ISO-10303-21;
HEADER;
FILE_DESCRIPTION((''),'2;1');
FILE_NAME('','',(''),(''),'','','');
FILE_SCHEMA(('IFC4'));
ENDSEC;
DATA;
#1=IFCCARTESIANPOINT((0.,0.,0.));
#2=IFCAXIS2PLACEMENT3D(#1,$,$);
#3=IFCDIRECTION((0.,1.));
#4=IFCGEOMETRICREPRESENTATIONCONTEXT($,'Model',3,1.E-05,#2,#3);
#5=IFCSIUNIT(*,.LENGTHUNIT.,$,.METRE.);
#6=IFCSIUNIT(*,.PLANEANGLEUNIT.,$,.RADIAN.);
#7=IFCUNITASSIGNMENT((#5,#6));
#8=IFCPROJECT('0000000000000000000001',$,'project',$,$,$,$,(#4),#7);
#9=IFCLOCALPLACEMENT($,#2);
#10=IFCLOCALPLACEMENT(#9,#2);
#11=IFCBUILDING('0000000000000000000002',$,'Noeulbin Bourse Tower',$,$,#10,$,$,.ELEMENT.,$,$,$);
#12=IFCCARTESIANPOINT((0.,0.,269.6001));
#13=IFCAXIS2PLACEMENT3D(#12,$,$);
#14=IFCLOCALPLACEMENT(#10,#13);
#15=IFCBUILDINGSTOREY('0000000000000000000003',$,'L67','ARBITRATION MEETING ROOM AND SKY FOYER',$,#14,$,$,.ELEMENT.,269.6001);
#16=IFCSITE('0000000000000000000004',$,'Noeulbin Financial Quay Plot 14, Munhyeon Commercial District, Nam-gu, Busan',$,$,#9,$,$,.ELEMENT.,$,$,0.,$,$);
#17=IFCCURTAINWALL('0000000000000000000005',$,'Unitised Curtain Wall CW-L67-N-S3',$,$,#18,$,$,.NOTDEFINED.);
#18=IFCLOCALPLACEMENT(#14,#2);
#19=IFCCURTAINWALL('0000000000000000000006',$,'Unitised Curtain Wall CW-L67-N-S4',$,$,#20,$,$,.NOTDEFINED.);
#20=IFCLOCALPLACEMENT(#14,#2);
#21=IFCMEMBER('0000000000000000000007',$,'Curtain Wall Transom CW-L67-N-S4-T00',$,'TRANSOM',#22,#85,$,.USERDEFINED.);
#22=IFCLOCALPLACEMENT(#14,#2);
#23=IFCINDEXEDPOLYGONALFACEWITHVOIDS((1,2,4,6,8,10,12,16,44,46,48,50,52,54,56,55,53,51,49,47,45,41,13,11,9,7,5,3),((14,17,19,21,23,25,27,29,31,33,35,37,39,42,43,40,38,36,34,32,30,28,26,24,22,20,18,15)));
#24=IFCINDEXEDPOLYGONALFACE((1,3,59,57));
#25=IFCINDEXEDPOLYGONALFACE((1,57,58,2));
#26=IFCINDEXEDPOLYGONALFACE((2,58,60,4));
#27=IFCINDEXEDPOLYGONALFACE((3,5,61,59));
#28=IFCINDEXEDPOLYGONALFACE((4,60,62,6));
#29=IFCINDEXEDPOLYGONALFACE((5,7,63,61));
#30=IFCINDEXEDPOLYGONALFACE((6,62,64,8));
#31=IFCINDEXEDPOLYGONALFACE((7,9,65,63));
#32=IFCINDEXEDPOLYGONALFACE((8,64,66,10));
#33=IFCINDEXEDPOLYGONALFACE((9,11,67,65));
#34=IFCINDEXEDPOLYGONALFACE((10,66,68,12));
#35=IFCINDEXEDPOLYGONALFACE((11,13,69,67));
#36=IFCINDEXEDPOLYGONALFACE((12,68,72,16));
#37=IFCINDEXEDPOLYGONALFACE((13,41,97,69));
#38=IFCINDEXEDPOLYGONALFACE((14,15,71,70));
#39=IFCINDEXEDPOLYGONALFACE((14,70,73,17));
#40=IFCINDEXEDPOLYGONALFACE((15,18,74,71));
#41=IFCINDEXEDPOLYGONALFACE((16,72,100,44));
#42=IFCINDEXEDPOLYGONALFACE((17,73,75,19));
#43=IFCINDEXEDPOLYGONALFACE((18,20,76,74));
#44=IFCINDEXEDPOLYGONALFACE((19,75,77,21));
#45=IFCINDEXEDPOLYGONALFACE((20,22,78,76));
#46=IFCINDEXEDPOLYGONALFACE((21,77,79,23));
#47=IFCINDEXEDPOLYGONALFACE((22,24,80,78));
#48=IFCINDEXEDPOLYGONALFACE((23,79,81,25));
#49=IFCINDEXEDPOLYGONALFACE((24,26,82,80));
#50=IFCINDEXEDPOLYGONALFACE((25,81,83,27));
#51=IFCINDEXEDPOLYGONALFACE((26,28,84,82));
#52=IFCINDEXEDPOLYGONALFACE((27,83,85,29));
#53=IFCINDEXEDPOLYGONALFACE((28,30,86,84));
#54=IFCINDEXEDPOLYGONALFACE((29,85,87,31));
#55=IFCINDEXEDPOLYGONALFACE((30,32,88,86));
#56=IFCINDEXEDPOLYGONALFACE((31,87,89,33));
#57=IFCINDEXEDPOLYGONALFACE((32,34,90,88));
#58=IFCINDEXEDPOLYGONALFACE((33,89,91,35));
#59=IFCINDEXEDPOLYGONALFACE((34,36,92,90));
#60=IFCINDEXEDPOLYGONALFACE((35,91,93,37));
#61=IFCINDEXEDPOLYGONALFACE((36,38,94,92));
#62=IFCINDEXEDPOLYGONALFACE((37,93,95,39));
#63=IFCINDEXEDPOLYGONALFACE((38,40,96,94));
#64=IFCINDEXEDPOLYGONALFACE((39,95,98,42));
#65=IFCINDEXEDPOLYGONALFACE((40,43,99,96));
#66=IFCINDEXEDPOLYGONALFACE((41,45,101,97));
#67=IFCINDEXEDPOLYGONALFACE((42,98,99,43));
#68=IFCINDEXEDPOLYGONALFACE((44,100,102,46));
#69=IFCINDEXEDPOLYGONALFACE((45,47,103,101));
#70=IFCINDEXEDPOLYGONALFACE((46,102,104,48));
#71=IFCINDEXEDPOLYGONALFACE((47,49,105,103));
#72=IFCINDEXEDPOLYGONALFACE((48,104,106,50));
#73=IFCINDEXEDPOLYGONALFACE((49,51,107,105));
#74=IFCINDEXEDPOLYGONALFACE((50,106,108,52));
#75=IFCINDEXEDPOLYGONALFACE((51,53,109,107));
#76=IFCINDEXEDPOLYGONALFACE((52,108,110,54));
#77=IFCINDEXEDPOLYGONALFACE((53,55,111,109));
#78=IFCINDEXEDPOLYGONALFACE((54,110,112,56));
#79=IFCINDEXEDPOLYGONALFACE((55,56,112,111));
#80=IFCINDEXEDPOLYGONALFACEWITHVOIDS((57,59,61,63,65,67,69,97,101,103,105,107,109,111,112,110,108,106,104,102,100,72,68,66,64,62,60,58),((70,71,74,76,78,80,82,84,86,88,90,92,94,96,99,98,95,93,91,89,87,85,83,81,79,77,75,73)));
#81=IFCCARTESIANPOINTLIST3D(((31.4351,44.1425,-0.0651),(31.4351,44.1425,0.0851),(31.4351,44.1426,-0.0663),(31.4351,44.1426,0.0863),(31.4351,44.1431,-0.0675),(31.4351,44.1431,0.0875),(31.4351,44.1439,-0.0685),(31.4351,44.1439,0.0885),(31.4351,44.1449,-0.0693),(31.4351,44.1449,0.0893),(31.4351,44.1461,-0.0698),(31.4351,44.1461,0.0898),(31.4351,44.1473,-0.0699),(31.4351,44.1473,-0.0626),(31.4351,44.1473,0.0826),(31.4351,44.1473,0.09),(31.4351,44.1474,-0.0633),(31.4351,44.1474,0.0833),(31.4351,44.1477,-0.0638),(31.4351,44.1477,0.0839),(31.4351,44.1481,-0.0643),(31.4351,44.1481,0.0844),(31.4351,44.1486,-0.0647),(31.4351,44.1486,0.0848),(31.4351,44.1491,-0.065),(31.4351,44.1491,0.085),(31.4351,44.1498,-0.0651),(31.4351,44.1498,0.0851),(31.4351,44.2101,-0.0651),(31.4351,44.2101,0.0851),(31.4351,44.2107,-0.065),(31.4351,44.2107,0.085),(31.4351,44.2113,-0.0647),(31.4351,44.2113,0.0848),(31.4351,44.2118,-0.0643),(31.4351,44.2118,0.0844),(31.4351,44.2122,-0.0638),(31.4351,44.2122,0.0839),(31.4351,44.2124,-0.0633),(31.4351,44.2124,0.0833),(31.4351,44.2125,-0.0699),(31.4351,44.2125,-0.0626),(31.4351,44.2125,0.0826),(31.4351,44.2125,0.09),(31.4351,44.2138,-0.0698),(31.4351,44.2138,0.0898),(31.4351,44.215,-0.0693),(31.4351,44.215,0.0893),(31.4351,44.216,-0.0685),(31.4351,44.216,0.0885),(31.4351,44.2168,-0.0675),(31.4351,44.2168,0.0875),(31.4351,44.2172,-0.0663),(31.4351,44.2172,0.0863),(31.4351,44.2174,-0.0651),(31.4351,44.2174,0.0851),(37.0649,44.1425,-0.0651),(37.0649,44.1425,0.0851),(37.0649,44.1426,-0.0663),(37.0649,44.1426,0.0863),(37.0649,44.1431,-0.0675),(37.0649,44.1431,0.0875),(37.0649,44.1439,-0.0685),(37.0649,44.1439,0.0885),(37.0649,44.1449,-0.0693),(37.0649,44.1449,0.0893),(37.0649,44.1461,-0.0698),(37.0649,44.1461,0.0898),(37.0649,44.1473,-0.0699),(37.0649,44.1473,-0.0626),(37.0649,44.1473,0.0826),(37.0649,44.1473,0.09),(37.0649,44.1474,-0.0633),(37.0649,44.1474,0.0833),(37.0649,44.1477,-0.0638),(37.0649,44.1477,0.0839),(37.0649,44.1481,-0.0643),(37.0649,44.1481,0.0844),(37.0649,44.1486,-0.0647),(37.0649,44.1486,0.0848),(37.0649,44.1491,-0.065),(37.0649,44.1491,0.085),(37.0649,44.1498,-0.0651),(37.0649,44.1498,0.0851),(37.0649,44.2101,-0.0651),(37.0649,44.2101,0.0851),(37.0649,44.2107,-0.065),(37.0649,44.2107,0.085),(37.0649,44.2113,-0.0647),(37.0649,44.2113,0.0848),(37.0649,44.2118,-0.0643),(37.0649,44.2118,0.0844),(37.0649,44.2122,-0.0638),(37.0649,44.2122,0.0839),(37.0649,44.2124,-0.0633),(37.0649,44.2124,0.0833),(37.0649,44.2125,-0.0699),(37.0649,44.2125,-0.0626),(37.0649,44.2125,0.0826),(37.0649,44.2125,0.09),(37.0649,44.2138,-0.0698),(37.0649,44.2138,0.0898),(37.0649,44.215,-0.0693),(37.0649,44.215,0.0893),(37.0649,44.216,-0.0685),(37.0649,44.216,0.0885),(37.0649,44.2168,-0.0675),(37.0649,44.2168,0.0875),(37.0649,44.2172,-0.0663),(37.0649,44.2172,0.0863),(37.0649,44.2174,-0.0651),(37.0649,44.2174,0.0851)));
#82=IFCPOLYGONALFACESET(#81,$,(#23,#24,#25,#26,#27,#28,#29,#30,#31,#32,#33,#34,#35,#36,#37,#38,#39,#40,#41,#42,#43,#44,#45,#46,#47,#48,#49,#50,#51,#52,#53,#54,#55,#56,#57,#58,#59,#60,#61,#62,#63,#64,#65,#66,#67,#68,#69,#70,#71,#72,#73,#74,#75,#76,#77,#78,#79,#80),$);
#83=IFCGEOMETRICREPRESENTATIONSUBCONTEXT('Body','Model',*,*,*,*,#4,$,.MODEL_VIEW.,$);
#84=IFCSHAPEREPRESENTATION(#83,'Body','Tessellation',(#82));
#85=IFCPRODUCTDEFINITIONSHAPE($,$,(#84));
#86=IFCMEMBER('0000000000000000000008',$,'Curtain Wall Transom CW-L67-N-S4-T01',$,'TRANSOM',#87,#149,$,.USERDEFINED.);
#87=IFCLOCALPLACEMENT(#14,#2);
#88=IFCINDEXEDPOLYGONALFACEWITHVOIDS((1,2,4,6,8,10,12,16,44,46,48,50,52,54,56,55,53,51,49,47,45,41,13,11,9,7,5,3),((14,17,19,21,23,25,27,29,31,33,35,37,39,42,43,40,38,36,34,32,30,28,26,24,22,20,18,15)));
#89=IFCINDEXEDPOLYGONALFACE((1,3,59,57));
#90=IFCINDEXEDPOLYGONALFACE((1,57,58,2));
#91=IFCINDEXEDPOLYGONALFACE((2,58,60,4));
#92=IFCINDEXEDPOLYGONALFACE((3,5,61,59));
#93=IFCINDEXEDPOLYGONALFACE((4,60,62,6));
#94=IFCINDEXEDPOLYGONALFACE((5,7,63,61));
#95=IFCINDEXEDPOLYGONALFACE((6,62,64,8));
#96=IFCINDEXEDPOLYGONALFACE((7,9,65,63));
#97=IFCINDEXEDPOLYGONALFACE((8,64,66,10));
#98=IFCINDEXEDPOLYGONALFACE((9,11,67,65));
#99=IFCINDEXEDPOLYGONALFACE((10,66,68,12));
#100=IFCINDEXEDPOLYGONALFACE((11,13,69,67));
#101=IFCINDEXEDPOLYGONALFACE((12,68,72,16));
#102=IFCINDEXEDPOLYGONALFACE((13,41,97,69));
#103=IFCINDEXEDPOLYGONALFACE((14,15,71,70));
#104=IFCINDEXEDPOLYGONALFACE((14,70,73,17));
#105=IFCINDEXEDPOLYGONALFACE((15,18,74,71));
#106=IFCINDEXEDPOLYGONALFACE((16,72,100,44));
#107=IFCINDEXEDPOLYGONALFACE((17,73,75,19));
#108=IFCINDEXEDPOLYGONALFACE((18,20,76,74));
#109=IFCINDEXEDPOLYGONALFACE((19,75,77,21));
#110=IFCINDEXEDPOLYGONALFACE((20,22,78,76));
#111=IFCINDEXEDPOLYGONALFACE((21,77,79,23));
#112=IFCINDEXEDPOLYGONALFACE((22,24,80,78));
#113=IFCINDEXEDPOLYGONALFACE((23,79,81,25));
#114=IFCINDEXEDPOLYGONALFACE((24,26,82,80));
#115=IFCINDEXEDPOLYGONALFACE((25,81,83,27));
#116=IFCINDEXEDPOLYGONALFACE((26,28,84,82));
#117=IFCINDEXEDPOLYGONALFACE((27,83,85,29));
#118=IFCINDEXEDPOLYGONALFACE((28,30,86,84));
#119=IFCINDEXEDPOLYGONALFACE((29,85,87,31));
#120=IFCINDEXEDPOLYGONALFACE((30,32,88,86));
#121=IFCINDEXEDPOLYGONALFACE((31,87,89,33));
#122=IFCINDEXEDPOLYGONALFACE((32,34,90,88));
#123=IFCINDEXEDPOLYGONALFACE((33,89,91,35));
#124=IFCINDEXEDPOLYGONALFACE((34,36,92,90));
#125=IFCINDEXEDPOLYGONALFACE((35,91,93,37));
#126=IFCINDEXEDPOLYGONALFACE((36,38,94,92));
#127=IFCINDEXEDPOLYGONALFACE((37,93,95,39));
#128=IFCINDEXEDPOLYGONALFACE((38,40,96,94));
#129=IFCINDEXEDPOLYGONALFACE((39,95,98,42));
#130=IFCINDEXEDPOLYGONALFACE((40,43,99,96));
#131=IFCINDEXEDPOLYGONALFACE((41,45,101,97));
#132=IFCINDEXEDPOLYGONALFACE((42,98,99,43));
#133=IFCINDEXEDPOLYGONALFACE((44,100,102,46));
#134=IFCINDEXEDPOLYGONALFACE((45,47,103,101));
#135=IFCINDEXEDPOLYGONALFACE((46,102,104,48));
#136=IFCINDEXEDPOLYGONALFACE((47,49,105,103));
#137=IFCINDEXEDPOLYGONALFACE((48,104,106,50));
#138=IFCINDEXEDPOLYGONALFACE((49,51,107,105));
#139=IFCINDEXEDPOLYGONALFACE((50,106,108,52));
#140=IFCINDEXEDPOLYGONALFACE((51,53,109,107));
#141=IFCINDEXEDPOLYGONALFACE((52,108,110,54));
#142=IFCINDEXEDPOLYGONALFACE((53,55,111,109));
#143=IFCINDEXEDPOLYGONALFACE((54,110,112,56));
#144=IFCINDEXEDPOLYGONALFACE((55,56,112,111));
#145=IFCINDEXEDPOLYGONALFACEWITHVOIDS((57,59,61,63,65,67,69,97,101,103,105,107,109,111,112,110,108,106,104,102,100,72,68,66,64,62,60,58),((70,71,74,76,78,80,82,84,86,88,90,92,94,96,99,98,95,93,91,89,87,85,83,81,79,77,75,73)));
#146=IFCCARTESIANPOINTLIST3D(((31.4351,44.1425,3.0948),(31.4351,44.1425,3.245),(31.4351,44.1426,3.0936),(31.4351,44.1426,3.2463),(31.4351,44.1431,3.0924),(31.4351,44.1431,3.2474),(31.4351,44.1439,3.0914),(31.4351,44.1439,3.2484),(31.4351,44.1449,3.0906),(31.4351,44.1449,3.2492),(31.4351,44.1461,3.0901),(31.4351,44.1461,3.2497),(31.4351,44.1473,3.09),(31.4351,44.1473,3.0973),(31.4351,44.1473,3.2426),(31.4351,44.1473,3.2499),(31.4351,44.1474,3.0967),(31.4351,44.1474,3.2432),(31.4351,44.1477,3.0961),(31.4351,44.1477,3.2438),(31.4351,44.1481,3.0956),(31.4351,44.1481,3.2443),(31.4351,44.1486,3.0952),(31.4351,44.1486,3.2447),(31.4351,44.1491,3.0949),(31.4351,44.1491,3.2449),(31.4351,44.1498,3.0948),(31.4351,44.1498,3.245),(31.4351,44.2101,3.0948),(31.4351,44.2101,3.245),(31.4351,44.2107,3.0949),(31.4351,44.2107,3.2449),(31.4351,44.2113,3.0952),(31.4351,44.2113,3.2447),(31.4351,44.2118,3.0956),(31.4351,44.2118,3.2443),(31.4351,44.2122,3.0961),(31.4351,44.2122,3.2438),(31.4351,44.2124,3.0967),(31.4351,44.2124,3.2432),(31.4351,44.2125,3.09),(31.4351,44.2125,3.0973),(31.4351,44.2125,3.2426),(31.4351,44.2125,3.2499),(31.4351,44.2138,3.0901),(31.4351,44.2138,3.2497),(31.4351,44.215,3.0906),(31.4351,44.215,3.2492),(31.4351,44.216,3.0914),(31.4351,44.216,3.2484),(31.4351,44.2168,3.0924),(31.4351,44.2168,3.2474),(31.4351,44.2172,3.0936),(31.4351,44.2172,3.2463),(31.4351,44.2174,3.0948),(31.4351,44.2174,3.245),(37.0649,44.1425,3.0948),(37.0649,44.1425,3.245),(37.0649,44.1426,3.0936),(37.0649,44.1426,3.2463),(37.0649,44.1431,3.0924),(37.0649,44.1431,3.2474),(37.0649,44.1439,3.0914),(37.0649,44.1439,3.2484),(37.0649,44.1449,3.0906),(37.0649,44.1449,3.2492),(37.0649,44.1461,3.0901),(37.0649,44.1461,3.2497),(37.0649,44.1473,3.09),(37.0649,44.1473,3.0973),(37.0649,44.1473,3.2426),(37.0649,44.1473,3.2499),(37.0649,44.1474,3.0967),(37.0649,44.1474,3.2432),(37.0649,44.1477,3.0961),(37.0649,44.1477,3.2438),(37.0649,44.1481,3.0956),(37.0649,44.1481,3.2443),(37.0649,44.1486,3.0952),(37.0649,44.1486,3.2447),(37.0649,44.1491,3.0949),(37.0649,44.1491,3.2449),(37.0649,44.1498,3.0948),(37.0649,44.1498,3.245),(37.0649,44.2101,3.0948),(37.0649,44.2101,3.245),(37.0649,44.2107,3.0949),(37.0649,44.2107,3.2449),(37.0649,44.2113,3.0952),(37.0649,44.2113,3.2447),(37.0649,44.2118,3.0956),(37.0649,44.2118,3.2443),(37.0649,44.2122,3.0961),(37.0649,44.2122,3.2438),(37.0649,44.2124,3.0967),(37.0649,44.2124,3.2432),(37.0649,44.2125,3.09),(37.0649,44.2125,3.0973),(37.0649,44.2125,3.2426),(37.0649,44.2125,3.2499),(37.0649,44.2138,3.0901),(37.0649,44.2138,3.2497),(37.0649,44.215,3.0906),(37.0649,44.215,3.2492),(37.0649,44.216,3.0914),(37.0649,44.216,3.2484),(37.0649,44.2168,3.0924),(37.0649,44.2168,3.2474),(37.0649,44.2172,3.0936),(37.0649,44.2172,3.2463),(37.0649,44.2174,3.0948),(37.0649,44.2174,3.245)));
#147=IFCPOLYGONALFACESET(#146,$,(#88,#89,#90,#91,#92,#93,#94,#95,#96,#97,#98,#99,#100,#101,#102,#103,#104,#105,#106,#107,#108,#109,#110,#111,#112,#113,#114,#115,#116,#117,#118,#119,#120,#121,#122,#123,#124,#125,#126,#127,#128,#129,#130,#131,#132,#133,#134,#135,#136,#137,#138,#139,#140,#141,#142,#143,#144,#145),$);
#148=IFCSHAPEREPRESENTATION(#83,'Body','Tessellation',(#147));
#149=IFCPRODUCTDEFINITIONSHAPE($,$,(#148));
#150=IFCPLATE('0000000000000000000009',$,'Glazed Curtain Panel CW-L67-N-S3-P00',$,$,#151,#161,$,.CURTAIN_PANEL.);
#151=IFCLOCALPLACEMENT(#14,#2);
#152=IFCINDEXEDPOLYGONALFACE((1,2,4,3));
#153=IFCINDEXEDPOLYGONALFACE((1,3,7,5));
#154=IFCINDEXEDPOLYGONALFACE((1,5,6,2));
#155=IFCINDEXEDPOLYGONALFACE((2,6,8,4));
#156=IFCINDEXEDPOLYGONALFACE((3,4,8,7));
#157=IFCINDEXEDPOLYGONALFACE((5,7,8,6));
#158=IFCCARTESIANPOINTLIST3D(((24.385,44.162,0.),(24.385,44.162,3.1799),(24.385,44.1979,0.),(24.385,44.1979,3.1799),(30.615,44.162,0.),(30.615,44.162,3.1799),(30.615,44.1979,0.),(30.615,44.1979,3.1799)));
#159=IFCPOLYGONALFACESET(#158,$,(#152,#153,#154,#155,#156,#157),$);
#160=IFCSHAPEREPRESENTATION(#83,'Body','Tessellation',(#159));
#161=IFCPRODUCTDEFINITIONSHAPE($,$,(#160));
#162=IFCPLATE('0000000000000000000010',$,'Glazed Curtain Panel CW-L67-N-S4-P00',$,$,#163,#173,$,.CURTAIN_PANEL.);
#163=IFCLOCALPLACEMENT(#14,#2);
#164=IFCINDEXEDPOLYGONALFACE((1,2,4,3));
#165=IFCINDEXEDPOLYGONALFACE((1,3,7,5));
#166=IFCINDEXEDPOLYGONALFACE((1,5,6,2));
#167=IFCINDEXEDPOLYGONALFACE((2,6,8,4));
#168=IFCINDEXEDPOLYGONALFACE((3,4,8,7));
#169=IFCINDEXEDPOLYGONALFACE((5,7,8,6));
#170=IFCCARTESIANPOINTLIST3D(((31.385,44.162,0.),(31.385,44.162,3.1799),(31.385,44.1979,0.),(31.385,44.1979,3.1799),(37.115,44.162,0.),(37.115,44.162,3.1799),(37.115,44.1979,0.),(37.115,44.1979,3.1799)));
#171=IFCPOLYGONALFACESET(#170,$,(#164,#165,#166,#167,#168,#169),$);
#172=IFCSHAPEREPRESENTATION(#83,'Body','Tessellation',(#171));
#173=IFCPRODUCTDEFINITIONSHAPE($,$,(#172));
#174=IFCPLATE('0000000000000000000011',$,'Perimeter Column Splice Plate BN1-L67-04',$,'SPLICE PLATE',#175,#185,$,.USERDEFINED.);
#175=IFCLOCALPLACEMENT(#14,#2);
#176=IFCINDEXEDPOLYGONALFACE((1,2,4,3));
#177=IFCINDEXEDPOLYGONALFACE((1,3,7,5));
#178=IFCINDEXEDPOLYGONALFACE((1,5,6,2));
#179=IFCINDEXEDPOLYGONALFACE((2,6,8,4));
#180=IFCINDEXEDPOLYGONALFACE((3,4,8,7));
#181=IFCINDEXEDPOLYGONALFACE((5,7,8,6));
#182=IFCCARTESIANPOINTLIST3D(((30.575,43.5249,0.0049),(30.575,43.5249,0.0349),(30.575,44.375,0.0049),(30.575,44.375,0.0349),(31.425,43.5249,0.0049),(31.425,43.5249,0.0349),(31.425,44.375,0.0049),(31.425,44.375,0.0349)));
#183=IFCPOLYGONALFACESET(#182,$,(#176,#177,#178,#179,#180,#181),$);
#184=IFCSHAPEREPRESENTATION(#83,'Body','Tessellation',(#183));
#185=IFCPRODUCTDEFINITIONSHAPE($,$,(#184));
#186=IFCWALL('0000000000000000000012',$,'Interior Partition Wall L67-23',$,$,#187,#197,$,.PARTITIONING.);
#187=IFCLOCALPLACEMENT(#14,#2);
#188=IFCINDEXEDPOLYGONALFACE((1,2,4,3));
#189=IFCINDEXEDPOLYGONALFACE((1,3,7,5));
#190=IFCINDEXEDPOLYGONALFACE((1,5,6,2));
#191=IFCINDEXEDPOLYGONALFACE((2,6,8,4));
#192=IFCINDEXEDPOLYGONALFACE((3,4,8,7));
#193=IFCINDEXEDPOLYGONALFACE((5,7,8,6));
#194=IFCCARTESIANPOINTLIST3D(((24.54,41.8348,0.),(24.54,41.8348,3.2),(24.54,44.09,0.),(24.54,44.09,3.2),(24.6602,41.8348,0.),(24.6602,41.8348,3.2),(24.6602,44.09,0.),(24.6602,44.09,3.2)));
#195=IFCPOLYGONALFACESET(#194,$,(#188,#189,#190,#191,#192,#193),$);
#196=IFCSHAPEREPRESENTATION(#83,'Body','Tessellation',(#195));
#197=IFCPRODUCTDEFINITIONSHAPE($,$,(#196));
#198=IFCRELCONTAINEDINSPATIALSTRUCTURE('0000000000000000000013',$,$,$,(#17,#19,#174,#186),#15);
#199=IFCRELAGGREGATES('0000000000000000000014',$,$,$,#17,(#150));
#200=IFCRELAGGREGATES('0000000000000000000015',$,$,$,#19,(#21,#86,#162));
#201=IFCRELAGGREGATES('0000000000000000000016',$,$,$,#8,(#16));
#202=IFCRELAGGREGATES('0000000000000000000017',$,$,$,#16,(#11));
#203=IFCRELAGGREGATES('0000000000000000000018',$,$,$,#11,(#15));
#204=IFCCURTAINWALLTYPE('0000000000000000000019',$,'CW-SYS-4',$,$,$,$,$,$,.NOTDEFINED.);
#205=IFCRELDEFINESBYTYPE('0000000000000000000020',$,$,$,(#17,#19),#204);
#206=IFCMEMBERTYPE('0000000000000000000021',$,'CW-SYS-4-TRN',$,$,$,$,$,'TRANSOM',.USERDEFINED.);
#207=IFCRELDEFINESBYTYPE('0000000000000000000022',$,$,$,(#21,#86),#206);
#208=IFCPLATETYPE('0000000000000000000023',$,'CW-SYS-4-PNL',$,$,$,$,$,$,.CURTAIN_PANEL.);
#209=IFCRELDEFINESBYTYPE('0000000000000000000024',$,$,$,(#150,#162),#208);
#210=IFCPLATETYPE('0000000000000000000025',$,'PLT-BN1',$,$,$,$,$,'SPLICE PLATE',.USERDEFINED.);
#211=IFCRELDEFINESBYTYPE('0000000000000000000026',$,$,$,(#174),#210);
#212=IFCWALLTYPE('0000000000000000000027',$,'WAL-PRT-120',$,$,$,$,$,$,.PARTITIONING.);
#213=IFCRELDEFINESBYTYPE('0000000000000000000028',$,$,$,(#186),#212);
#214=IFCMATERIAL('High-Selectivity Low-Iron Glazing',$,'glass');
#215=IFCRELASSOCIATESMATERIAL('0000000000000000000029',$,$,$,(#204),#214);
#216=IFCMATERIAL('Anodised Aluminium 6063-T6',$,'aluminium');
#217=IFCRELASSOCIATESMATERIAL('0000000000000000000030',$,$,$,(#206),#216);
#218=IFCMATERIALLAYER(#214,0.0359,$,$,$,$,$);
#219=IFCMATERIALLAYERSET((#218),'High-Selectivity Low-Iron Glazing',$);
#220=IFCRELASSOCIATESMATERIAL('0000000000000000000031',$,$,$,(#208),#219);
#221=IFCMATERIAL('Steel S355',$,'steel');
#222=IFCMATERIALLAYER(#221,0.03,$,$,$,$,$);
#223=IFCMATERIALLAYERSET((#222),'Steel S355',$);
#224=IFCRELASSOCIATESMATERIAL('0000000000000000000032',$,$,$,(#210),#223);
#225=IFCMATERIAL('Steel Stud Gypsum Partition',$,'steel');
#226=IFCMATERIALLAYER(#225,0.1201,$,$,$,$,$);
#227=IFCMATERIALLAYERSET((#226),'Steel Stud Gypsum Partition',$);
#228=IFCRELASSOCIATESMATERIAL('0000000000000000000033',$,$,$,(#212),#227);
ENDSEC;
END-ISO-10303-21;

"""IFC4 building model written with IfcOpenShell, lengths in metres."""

from ifc_helpers import new_model, si_unit, direction, frame, frame_2d, origin, origin_2d, place, context, subcontext, project, spatial, rectangle, hollow_rectangle, extrude, material, layer, layer_set, material_profile, profile_set, type_object, element, aggregate, save


model = new_model("IFC4")

# Units and contexts
model_context = context("Model", 3, precision=1e-05, world=origin(), true_north=direction((0.0, 1.0)))
body_context = subcontext(model_context, "Body", "Model", "MODEL_VIEW")
ifc_project = project(units=[si_unit("LENGTHUNIT", "METRE"), si_unit("PLANEANGLEUNIT", "RADIAN")], contexts=[model_context])

# Site, building, storey
site_placement = place(None, origin())
site = spatial("IfcSite", under=ifc_project, at=site_placement, Name="Noeulbin Financial Quay Plot 14, Munhyeon Commercial District, Nam-gu, Busan", CompositionType="ELEMENT", RefElevation=0.0)
building_placement = place(site_placement, origin())
building = spatial("IfcBuilding", under=site, at=building_placement, Name="Noeulbin Bourse Tower", CompositionType="ELEMENT")
storey_placement = place(building_placement, frame((0.0, 0.0, 269.6001)))
storey = spatial("IfcBuildingStorey", under=building, at=storey_placement, Name="L67", Description="ARBITRATION MEETING ROOM AND SKY FOYER", CompositionType="ELEMENT", Elevation=269.6001)

# Shared definitions
ifc_material_1 = material(Name="Steel S355", Category="steel")

# Curtain wall
ifc_material_2 = material(Name="High-Selectivity Low-Iron Glazing", Category="glass")
curtain_wall_type = type_object("IfcCurtainWallType", Name="CW-SYS-4", PredefinedType="NOTDEFINED", material=ifc_material_2)
curtain_wall_1_placement = place(storey_placement, origin())
curtain_wall_1 = element("IfcCurtainWall", 1, at=curtain_wall_1_placement, inside=storey, type_object=curtain_wall_type, Name="Unitised Curtain Wall CW-L67-N-S3", PredefinedType="NOTDEFINED")
ifc_material_3 = material(Name="Anodised Aluminium 6063-T6", Category="aluminium")

# Curtain wall
curtain_wall_2_placement = place(storey_placement, origin())
curtain_wall_2 = element("IfcCurtainWall", 2, at=curtain_wall_2_placement, inside=storey, type_object=curtain_wall_type, Name="Unitised Curtain Wall CW-L67-N-S4", PredefinedType="NOTDEFINED")

# Members
ifc_material_profile_1 = material_profile(ifc_material_3, hollow_rectangle(XDim=0.075, YDim=0.1599, WallThickness=0.0049, InnerFilletRadius=0.0024, OuterFilletRadius=0.0049, at=origin_2d()), Name="ALU-TRAN-75x160x5", Category="LoadBearing")
ifc_profile_set_1 = profile_set([ifc_material_profile_1], Name="Anodised Aluminium 6063-T6")
member_type_1 = type_object("IfcMemberType", Name="CW-SYS-4-TRN", ElementType="TRANSOM", PredefinedType="USERDEFINED", material=ifc_profile_set_1)
member_1_placement = place(storey_placement, frame((31.4351, 44.1799, 0.01), z_axis=(1.0, 0.0, 0.0), x_axis=(0.0, 1.0, 0.0)))
member_1 = element("IfcMember", 3, at=member_1_placement, type_object=member_type_1, Name="Curtain Wall Transom CW-L67-N-S4-T00", ObjectType="TRANSOM", PredefinedType="USERDEFINED", context=body_context, shape_type="SweptSolid", body=[
    extrude(hollow_rectangle(XDim=0.075, YDim=0.1599, WallThickness=0.0049, InnerFilletRadius=0.0024, OuterFilletRadius=0.0049, at=origin_2d()), origin(), (0.0, 0.0, 1.0), 5.6299),
])
member_2_placement = place(storey_placement, frame((31.4351, 44.1799, 3.1699), z_axis=(1.0, 0.0, 0.0), x_axis=(0.0, 1.0, 0.0)))
member_2 = element("IfcMember", 4, at=member_2_placement, type_object=member_type_1, Name="Curtain Wall Transom CW-L67-N-S4-T01", ObjectType="TRANSOM", PredefinedType="USERDEFINED", context=body_context, shape_type="SweptSolid", body=[
    extrude(hollow_rectangle(XDim=0.075, YDim=0.1599, WallThickness=0.0049, InnerFilletRadius=0.0024, OuterFilletRadius=0.0049, at=origin_2d()), origin(), (0.0, 0.0, 1.0), 5.6299),
])

# Plates
ifc_layer_1 = layer(ifc_material_2, 0.0359)
ifc_layer_set_1 = layer_set([ifc_layer_1], Name="High-Selectivity Low-Iron Glazing")
plate_type_1 = type_object("IfcPlateType", Name="CW-SYS-4-PNL", PredefinedType="CURTAIN_PANEL", material=ifc_layer_set_1)
plate_1_placement = place(storey_placement, frame((27.5, 44.1799, 0.0), z_axis=(0.0, 0.0, 1.0), x_axis=(1.0, 0.0, 0.0)))
plate_1 = element("IfcPlate", 5, at=plate_1_placement, type_object=plate_type_1, Name="Glazed Curtain Panel CW-L67-N-S3-P00", PredefinedType="CURTAIN_PANEL", context=body_context, shape_type="SweptSolid", body=[
    extrude(rectangle(XDim=6.23, YDim=0.0359, at=origin_2d()), origin(), (0.0, 0.0, 1.0), 3.1799),
])
aggregate(curtain_wall_1, [plate_1])
plate_2_placement = place(storey_placement, frame((34.25, 44.1799, 0.0), z_axis=(0.0, 0.0, 1.0), x_axis=(1.0, 0.0, 0.0)))
plate_2 = element("IfcPlate", 6, at=plate_2_placement, type_object=plate_type_1, Name="Glazed Curtain Panel CW-L67-N-S4-P00", PredefinedType="CURTAIN_PANEL", context=body_context, shape_type="SweptSolid", body=[
    extrude(rectangle(XDim=5.73, YDim=0.0359, at=origin_2d()), origin(), (0.0, 0.0, 1.0), 3.1799),
])
aggregate(curtain_wall_2, [member_1, member_2, plate_2])
ifc_layer_2 = layer(ifc_material_1, 0.03)
ifc_layer_set_2 = layer_set([ifc_layer_2], Name="Steel S355")
plate_type_2 = type_object("IfcPlateType", Name="PLT-BN1", ElementType="SPLICE PLATE", PredefinedType="USERDEFINED", material=ifc_layer_set_2)
plate_3_placement = place(storey_placement, frame((31.0, 43.95, 0.0049), z_axis=(0.0, 0.0, 1.0), x_axis=(1.0, 0.0, 0.0)))
element("IfcPlate", 7, at=plate_3_placement, inside=storey, type_object=plate_type_2, Name="Perimeter Column Splice Plate BN1-L67-04", ObjectType="SPLICE PLATE", PredefinedType="USERDEFINED", context=body_context, shape_type="SweptSolid", body=[
    extrude(rectangle(XDim=0.8501, YDim=0.8501, at=origin_2d()), origin(), (0.0, 0.0, 1.0), 0.03),
])

# Wall
ifc_material_4 = material(Name="Steel Stud Gypsum Partition", Category="steel")
ifc_layer_3 = layer(ifc_material_4, 0.1201)
ifc_layer_set_3 = layer_set([ifc_layer_3], Name="Steel Stud Gypsum Partition")
wall_type = type_object("IfcWallType", Name="WAL-PRT-120", PredefinedType="PARTITIONING", material=ifc_layer_set_3)
wall_1_placement = place(storey_placement, frame((24.6001, 41.835, 0.0), z_axis=(0.0, 0.0, 1.0), x_axis=(0.0, 1.0, 0.0)))
element("IfcWall", 8, at=wall_1_placement, inside=storey, type_object=wall_type, Name="Interior Partition Wall L67-23", PredefinedType="PARTITIONING", context=body_context, shape_type="SweptSolid", body=[
    extrude(rectangle(XDim=2.2551, YDim=0.1201, at=frame_2d((1.1274, 0.0))), origin(), (0.0, 0.0, 1.0), 3.2),
])

save(model, "model.ifc")
